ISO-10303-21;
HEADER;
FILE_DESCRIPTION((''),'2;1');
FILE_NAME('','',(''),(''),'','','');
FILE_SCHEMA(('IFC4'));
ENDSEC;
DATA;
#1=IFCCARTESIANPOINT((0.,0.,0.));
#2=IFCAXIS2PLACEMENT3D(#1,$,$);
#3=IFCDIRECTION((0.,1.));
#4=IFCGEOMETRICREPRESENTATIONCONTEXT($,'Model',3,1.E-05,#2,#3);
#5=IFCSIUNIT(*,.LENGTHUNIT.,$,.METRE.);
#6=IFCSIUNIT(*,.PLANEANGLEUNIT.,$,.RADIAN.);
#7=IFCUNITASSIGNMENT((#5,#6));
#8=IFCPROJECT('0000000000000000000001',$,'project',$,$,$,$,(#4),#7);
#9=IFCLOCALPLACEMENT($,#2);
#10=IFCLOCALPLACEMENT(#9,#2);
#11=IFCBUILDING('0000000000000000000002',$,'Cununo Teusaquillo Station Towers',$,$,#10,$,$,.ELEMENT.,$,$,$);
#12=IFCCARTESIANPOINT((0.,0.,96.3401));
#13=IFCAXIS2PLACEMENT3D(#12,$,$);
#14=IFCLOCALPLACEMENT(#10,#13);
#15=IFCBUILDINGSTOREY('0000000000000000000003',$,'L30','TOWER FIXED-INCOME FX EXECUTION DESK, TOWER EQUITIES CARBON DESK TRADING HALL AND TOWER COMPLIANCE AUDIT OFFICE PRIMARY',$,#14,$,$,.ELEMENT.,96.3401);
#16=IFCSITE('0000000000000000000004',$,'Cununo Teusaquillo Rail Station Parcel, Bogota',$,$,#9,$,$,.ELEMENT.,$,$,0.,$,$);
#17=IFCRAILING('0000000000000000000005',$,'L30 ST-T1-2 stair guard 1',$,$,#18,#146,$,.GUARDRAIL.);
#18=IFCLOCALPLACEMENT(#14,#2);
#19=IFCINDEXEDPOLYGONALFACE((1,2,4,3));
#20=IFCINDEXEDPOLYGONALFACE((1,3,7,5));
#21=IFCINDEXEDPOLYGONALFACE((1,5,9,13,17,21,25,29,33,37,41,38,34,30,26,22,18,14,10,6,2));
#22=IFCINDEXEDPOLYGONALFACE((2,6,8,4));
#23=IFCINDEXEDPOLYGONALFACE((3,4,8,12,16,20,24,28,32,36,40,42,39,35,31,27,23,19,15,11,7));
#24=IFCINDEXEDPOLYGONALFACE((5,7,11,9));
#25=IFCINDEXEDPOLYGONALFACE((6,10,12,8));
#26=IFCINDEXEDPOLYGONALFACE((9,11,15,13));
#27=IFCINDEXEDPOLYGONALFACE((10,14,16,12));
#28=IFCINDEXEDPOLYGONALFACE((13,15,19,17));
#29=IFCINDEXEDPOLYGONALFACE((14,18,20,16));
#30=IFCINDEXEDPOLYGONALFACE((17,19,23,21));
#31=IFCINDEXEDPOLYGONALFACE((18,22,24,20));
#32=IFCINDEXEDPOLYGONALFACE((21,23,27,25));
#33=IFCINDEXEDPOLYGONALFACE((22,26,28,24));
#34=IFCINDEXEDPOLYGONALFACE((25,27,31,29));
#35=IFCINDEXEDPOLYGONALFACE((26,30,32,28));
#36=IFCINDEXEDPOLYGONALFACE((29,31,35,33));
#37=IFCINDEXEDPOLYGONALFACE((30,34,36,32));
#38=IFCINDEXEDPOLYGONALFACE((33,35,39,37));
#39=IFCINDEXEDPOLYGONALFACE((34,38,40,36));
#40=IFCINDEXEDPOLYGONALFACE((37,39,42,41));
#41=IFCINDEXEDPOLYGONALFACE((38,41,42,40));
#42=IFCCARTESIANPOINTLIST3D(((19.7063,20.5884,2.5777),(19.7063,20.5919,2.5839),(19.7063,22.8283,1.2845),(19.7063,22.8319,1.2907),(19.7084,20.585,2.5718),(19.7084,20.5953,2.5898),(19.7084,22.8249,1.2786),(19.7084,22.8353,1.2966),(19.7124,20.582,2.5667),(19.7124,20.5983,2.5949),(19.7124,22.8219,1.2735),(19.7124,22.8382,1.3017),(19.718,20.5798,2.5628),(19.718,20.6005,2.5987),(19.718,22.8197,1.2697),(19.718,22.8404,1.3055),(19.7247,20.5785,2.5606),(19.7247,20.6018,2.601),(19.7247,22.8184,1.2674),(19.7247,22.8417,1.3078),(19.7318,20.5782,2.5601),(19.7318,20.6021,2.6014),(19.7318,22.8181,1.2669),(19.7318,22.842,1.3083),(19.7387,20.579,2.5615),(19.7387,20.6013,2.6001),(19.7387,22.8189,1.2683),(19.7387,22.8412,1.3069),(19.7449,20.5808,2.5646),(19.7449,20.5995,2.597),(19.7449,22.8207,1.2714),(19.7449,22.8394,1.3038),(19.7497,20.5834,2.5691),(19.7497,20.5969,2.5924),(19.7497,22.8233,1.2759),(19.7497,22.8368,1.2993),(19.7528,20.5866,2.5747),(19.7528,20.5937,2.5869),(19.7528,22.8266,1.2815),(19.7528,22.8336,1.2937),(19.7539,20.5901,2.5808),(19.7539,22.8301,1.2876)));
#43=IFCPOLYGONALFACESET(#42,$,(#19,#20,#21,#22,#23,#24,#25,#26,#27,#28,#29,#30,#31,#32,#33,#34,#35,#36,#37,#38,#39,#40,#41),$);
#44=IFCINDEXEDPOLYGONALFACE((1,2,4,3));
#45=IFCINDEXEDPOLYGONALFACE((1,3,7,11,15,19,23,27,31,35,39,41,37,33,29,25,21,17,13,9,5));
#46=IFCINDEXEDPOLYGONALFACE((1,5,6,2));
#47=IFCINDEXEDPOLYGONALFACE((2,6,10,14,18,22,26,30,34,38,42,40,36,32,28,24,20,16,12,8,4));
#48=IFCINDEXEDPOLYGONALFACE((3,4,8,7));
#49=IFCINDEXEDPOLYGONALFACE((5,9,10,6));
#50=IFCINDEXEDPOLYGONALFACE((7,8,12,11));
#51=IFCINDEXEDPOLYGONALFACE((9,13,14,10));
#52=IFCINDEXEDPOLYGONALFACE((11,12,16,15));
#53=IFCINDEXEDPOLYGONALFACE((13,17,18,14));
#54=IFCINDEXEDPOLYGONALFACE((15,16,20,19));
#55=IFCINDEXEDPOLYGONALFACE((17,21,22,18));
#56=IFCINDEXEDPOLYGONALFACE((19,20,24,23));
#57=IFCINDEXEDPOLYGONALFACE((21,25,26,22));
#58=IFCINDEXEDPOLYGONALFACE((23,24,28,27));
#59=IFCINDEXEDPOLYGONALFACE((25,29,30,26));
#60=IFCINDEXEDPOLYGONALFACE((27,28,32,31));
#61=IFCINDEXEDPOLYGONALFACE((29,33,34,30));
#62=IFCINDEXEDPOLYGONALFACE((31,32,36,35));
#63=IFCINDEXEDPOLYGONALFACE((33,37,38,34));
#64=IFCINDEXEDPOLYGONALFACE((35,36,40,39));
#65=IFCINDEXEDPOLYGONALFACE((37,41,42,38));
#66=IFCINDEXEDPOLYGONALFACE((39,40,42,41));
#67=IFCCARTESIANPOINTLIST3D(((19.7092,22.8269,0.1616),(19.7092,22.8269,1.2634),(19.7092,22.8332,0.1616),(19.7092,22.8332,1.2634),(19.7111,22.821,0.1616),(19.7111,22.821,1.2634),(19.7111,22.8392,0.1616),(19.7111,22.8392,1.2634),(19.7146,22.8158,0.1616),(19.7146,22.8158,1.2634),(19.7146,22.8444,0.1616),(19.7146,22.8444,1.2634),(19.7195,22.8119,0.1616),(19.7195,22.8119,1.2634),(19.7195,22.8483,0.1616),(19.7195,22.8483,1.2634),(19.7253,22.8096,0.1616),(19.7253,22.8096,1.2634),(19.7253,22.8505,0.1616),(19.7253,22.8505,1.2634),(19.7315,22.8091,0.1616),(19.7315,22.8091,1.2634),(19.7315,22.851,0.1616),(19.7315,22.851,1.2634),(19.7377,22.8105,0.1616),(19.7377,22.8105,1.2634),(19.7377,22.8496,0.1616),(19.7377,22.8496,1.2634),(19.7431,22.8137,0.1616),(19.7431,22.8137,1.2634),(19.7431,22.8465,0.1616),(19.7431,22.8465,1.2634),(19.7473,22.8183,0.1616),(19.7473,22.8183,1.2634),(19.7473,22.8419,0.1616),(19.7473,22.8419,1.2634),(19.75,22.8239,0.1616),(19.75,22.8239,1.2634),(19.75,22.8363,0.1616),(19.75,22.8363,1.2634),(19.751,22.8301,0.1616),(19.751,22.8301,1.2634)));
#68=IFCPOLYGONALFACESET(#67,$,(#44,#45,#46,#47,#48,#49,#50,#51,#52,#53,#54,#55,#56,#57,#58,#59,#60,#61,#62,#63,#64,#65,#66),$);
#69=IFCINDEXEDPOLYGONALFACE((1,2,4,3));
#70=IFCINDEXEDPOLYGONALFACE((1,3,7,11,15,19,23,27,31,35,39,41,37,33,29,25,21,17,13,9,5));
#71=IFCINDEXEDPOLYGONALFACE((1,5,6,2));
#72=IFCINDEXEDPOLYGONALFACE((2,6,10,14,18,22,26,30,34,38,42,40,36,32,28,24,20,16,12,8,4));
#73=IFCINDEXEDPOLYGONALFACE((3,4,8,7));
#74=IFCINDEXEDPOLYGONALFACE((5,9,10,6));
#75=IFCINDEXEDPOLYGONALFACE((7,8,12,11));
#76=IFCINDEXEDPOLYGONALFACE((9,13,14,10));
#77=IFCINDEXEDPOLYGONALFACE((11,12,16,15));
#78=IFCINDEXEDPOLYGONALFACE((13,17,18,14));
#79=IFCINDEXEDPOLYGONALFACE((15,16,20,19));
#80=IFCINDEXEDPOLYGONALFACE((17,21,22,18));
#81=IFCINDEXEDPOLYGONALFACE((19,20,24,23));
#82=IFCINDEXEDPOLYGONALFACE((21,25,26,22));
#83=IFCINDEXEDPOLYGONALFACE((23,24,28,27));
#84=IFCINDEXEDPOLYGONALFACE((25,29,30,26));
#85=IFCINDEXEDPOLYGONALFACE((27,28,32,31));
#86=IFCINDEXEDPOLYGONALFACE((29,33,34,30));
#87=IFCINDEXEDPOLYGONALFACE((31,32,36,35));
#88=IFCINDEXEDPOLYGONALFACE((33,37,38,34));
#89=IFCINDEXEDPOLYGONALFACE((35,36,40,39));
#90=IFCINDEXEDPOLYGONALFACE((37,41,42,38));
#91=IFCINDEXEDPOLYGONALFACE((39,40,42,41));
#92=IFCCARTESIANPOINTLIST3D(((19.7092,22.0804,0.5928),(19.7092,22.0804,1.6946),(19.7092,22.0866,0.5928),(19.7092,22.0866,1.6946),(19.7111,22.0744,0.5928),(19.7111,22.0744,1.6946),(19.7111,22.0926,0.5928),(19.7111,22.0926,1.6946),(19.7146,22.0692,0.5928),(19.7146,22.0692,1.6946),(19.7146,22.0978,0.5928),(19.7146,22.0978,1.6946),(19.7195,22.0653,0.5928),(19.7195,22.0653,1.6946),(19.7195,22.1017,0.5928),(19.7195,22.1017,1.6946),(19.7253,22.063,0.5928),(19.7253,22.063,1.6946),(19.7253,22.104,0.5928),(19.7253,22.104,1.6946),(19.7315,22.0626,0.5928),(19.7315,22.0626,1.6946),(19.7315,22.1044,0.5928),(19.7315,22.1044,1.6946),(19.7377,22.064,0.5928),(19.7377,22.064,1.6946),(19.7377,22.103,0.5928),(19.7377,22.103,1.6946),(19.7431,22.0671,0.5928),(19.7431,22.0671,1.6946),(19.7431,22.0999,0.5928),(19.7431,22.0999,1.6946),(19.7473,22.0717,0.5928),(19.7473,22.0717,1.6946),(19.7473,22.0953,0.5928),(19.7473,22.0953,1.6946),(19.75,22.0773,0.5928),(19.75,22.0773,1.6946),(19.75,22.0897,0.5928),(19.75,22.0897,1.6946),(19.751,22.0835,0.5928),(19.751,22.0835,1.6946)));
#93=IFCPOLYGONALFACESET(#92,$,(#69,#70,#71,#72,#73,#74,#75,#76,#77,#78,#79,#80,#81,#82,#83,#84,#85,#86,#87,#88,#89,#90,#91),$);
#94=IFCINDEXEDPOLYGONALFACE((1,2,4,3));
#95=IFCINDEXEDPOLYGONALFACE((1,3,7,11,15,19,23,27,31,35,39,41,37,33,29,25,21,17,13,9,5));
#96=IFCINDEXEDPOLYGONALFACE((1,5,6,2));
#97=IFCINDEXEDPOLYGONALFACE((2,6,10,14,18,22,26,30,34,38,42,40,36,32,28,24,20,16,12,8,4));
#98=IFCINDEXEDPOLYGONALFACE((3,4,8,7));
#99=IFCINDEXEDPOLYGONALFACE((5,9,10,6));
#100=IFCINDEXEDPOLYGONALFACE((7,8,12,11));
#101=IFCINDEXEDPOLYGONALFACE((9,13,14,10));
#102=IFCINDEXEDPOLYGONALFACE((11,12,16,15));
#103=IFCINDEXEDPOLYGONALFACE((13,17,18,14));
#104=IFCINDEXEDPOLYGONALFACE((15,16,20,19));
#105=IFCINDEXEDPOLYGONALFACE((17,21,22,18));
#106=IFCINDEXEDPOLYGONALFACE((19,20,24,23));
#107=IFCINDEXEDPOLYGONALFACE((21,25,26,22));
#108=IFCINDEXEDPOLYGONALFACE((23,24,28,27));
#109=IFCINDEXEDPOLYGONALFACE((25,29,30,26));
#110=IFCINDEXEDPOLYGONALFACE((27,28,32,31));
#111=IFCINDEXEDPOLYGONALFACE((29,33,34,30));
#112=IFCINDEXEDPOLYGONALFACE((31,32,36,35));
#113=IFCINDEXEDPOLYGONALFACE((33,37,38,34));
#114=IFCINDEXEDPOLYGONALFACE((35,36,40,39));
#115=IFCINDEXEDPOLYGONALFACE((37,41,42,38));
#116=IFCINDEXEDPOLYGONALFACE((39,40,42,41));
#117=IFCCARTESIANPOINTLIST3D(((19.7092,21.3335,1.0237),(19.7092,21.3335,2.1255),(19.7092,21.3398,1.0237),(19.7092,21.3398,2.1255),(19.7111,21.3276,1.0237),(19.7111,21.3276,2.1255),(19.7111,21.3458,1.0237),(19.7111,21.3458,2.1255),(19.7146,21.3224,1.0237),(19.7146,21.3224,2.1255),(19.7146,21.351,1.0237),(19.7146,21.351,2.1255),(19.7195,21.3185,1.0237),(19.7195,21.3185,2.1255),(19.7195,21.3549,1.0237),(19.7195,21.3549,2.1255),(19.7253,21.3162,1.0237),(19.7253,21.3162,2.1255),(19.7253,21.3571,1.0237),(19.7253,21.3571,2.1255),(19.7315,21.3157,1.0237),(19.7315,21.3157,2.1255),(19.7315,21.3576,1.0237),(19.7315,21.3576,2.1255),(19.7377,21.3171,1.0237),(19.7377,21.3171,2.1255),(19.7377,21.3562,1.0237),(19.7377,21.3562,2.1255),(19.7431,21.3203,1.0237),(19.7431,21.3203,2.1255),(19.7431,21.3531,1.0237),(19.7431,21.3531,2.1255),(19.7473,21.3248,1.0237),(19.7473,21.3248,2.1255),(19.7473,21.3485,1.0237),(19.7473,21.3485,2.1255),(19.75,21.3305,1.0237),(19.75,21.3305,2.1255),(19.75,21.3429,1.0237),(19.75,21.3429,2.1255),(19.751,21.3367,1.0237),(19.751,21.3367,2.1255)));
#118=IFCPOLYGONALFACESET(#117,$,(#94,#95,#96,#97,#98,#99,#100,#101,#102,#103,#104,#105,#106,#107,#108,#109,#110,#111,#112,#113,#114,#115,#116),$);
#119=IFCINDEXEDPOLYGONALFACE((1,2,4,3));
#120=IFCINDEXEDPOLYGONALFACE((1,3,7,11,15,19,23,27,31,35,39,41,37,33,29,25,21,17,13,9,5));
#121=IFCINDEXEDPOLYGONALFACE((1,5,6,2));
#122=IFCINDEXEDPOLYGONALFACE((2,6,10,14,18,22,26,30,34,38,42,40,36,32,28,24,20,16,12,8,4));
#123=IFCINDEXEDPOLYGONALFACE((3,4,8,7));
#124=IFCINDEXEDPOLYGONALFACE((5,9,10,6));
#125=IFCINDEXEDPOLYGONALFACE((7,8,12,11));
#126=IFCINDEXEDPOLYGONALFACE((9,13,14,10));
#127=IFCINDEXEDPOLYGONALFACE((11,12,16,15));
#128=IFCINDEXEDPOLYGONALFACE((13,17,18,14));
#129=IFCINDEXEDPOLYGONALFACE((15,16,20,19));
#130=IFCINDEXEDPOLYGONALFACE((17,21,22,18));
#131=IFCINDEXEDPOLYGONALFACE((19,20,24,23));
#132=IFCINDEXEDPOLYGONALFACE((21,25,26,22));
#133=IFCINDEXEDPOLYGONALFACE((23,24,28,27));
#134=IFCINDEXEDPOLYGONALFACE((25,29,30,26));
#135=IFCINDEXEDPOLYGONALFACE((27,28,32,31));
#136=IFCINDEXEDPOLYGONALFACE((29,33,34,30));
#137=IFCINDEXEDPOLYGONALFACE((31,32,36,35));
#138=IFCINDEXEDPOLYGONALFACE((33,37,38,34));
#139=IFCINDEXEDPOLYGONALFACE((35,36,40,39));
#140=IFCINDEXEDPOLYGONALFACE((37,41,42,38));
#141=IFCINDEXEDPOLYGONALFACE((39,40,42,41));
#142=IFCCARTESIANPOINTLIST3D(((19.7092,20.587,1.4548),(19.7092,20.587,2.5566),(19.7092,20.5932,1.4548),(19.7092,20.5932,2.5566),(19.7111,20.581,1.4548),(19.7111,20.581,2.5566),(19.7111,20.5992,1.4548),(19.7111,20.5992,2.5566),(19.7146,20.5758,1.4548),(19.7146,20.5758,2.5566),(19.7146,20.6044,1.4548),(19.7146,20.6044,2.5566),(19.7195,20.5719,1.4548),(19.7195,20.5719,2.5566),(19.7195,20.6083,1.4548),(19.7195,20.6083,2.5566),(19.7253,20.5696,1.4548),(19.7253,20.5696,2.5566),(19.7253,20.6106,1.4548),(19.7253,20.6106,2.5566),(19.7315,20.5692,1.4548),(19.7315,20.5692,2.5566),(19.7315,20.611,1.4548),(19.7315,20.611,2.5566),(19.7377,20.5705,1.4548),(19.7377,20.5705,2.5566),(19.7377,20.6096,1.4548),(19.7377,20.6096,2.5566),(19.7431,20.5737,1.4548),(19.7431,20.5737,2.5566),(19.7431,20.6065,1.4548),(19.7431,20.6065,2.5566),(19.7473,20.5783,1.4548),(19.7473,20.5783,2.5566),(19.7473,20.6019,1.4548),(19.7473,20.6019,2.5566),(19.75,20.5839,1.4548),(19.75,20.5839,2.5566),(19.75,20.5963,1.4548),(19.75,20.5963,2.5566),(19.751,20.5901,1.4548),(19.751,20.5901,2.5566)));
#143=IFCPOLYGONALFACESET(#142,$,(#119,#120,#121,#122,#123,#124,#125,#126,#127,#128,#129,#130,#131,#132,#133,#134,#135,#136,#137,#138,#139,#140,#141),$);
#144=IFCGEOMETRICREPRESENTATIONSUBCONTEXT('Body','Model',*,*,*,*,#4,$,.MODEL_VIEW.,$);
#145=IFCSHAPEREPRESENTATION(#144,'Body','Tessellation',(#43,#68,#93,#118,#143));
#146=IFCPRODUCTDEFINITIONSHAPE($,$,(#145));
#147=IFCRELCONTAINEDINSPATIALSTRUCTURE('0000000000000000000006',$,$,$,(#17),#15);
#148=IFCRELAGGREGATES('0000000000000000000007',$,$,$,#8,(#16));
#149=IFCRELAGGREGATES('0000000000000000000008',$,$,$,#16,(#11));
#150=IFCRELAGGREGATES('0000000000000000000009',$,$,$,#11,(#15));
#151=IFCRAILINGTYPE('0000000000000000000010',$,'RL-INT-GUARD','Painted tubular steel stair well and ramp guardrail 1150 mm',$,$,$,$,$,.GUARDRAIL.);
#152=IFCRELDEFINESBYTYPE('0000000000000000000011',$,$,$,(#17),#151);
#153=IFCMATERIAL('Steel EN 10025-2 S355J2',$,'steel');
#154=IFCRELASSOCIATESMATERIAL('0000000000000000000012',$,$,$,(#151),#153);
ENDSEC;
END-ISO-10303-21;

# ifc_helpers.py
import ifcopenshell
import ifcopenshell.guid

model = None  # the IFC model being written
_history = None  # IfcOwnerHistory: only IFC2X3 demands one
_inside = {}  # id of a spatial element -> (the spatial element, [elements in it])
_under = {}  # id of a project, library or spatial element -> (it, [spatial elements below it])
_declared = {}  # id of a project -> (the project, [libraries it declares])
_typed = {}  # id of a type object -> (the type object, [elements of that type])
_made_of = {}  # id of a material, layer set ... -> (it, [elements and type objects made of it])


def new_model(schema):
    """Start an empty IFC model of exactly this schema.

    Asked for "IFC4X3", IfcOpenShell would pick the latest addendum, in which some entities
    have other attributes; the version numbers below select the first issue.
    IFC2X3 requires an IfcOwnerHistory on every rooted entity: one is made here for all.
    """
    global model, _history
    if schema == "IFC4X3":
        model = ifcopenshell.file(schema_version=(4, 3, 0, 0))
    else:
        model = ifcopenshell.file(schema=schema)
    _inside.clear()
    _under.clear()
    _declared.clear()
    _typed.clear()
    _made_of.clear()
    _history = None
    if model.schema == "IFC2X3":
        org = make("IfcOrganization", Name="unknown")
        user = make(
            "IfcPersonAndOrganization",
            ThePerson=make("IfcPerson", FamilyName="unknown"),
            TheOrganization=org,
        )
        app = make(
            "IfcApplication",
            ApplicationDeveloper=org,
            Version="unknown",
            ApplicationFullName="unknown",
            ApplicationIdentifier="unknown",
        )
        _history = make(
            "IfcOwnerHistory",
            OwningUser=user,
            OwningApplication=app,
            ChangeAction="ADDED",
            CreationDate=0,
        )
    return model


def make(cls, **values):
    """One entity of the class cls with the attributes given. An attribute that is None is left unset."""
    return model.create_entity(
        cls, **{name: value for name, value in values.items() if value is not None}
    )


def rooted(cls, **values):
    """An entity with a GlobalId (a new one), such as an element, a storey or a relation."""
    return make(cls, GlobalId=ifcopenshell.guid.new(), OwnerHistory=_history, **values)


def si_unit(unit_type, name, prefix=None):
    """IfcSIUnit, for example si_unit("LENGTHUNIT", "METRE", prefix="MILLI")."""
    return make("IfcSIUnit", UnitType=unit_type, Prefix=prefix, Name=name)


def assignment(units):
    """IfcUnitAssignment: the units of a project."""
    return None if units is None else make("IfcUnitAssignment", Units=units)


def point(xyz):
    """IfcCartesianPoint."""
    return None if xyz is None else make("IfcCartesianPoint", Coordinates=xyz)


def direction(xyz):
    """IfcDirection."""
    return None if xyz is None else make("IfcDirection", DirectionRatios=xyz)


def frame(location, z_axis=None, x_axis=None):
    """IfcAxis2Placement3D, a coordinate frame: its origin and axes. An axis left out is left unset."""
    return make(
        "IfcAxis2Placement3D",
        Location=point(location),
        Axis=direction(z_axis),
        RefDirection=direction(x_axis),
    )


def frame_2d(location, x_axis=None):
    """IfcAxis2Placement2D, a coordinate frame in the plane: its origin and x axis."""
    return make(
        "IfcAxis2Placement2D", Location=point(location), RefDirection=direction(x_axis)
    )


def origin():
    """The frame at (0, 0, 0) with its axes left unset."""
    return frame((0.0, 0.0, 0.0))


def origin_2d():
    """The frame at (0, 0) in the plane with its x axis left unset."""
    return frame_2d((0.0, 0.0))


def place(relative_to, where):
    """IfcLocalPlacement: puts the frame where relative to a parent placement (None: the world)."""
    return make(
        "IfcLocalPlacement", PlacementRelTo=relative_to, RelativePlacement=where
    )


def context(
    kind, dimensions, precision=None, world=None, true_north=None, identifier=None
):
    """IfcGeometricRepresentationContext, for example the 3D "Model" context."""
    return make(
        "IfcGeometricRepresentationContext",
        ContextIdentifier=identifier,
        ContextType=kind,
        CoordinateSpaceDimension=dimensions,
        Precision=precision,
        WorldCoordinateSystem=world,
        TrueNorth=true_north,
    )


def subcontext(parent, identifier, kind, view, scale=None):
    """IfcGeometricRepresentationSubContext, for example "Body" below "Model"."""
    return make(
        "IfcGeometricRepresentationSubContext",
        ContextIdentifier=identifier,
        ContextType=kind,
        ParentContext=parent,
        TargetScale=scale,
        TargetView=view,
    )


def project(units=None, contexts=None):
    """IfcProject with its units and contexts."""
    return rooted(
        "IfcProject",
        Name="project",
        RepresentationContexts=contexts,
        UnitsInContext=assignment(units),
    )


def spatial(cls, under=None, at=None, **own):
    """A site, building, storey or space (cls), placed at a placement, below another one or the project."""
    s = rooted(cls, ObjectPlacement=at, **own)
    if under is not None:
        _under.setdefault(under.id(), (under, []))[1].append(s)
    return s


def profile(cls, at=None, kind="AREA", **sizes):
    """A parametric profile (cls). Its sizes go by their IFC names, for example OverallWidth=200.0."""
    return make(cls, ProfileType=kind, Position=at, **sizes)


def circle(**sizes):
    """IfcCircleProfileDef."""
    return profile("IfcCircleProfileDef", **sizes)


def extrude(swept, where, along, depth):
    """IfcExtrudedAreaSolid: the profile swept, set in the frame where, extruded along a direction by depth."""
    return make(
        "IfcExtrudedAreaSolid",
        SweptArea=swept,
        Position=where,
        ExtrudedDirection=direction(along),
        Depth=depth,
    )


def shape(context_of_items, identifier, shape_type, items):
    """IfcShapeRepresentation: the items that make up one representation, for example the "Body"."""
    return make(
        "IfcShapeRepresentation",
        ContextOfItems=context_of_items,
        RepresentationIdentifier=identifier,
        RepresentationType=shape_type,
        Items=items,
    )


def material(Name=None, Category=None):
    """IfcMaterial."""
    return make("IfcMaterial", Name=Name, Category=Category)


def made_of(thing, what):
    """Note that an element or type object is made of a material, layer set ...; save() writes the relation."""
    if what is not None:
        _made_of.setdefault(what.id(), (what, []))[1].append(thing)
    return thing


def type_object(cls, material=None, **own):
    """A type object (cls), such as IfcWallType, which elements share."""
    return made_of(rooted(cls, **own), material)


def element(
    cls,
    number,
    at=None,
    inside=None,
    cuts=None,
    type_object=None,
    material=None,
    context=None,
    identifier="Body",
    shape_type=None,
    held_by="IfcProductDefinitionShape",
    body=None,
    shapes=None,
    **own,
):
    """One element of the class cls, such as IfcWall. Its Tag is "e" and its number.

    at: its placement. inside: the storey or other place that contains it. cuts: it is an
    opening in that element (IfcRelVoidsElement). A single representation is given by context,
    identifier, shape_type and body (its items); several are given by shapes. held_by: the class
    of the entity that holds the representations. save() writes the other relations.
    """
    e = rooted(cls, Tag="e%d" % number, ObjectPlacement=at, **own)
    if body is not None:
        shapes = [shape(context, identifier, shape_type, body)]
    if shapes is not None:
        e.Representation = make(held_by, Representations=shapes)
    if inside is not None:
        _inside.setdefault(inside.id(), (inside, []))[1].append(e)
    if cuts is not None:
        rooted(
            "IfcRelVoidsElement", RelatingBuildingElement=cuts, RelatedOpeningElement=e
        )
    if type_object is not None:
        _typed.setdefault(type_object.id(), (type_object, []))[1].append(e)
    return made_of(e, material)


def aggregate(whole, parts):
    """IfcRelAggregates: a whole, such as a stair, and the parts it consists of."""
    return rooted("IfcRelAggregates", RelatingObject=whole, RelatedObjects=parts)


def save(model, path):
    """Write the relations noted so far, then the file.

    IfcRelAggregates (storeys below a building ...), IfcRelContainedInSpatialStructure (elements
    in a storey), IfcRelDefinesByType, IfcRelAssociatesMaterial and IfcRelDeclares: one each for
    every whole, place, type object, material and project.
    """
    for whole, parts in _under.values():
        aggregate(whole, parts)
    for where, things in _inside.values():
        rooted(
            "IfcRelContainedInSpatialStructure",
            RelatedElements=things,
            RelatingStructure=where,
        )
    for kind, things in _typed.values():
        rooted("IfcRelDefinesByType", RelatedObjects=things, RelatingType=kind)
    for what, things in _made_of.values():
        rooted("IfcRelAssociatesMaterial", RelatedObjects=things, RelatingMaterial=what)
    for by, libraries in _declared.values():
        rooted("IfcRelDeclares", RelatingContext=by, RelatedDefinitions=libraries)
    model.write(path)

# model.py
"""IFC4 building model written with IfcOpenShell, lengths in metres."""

from ifc_helpers import new_model, si_unit, direction, frame, origin, origin_2d, place, context, subcontext, project, spatial, circle, extrude, material, type_object, element, save


model = new_model("IFC4")

# Units and contexts
model_context = context("Model", 3, precision=1e-05, world=origin(), true_north=direction((0.0, 1.0)))
body_context = subcontext(model_context, "Body", "Model", "MODEL_VIEW")
ifc_project = project(units=[si_unit("LENGTHUNIT", "METRE"), si_unit("PLANEANGLEUNIT", "RADIAN")], contexts=[model_context])

# Site, building, storey
site_placement = place(None, origin())
site = spatial("IfcSite", under=ifc_project, at=site_placement, Name="Cununo Teusaquillo Rail Station Parcel, Bogota", CompositionType="ELEMENT", RefElevation=0.0)
building_placement = place(site_placement, origin())
building = spatial("IfcBuilding", under=site, at=building_placement, Name="Cununo Teusaquillo Station Towers", CompositionType="ELEMENT")
storey_placement = place(building_placement, frame((0.0, 0.0, 96.3401)))
storey = spatial("IfcBuildingStorey", under=building, at=storey_placement, Name="L30", Description="TOWER FIXED-INCOME FX EXECUTION DESK, TOWER EQUITIES CARBON DESK TRADING HALL AND TOWER COMPLIANCE AUDIT OFFICE PRIMARY", CompositionType="ELEMENT", Elevation=96.3401)

# Railing
ifc_material_1 = material(Name="Steel EN 10025-2 S355J2", Category="steel")
railing_type_1 = type_object("IfcRailingType", Name="RL-INT-GUARD", Description="Painted tubular steel stair well and ramp guardrail 1150 mm", PredefinedType="GUARDRAIL", material=ifc_material_1)
railing_1_placement = place(storey_placement, frame((19.73, 22.8301, 0.1616)))
element("IfcRailing", 1, at=railing_1_placement, inside=storey, type_object=railing_type_1, Name="L30 ST-T1-2 stair guard 1", PredefinedType="GUARDRAIL", context=body_context, shape_type="SweptSolid", body=[
    extrude(circle(Radius=0.0239, at=origin_2d()), frame((0.0, 0.0, 1.126), z_axis=(0.0, -0.866033, 0.499987), x_axis=(1.0, 0.0, 0.0)), (0.0, 0.0, 1.0), 2.5864),
    extrude(circle(Radius=0.021, at=origin_2d()), origin(), (0.0, 0.0, 1.0), 1.1018),
    extrude(circle(Radius=0.021, at=origin_2d()), frame((0.0, -0.7466, 0.4312)), (0.0, 0.0, 1.0), 1.1018),
    extrude(circle(Radius=0.021, at=origin_2d()), frame((0.0, -1.4934, 0.8621)), (0.0, 0.0, 1.0), 1.1018),
    extrude(circle(Radius=0.021, at=origin_2d()), frame((0.0, -2.24, 1.2932)), (0.0, 0.0, 1.0), 1.1018),
])

save(model, "model.ifc")
